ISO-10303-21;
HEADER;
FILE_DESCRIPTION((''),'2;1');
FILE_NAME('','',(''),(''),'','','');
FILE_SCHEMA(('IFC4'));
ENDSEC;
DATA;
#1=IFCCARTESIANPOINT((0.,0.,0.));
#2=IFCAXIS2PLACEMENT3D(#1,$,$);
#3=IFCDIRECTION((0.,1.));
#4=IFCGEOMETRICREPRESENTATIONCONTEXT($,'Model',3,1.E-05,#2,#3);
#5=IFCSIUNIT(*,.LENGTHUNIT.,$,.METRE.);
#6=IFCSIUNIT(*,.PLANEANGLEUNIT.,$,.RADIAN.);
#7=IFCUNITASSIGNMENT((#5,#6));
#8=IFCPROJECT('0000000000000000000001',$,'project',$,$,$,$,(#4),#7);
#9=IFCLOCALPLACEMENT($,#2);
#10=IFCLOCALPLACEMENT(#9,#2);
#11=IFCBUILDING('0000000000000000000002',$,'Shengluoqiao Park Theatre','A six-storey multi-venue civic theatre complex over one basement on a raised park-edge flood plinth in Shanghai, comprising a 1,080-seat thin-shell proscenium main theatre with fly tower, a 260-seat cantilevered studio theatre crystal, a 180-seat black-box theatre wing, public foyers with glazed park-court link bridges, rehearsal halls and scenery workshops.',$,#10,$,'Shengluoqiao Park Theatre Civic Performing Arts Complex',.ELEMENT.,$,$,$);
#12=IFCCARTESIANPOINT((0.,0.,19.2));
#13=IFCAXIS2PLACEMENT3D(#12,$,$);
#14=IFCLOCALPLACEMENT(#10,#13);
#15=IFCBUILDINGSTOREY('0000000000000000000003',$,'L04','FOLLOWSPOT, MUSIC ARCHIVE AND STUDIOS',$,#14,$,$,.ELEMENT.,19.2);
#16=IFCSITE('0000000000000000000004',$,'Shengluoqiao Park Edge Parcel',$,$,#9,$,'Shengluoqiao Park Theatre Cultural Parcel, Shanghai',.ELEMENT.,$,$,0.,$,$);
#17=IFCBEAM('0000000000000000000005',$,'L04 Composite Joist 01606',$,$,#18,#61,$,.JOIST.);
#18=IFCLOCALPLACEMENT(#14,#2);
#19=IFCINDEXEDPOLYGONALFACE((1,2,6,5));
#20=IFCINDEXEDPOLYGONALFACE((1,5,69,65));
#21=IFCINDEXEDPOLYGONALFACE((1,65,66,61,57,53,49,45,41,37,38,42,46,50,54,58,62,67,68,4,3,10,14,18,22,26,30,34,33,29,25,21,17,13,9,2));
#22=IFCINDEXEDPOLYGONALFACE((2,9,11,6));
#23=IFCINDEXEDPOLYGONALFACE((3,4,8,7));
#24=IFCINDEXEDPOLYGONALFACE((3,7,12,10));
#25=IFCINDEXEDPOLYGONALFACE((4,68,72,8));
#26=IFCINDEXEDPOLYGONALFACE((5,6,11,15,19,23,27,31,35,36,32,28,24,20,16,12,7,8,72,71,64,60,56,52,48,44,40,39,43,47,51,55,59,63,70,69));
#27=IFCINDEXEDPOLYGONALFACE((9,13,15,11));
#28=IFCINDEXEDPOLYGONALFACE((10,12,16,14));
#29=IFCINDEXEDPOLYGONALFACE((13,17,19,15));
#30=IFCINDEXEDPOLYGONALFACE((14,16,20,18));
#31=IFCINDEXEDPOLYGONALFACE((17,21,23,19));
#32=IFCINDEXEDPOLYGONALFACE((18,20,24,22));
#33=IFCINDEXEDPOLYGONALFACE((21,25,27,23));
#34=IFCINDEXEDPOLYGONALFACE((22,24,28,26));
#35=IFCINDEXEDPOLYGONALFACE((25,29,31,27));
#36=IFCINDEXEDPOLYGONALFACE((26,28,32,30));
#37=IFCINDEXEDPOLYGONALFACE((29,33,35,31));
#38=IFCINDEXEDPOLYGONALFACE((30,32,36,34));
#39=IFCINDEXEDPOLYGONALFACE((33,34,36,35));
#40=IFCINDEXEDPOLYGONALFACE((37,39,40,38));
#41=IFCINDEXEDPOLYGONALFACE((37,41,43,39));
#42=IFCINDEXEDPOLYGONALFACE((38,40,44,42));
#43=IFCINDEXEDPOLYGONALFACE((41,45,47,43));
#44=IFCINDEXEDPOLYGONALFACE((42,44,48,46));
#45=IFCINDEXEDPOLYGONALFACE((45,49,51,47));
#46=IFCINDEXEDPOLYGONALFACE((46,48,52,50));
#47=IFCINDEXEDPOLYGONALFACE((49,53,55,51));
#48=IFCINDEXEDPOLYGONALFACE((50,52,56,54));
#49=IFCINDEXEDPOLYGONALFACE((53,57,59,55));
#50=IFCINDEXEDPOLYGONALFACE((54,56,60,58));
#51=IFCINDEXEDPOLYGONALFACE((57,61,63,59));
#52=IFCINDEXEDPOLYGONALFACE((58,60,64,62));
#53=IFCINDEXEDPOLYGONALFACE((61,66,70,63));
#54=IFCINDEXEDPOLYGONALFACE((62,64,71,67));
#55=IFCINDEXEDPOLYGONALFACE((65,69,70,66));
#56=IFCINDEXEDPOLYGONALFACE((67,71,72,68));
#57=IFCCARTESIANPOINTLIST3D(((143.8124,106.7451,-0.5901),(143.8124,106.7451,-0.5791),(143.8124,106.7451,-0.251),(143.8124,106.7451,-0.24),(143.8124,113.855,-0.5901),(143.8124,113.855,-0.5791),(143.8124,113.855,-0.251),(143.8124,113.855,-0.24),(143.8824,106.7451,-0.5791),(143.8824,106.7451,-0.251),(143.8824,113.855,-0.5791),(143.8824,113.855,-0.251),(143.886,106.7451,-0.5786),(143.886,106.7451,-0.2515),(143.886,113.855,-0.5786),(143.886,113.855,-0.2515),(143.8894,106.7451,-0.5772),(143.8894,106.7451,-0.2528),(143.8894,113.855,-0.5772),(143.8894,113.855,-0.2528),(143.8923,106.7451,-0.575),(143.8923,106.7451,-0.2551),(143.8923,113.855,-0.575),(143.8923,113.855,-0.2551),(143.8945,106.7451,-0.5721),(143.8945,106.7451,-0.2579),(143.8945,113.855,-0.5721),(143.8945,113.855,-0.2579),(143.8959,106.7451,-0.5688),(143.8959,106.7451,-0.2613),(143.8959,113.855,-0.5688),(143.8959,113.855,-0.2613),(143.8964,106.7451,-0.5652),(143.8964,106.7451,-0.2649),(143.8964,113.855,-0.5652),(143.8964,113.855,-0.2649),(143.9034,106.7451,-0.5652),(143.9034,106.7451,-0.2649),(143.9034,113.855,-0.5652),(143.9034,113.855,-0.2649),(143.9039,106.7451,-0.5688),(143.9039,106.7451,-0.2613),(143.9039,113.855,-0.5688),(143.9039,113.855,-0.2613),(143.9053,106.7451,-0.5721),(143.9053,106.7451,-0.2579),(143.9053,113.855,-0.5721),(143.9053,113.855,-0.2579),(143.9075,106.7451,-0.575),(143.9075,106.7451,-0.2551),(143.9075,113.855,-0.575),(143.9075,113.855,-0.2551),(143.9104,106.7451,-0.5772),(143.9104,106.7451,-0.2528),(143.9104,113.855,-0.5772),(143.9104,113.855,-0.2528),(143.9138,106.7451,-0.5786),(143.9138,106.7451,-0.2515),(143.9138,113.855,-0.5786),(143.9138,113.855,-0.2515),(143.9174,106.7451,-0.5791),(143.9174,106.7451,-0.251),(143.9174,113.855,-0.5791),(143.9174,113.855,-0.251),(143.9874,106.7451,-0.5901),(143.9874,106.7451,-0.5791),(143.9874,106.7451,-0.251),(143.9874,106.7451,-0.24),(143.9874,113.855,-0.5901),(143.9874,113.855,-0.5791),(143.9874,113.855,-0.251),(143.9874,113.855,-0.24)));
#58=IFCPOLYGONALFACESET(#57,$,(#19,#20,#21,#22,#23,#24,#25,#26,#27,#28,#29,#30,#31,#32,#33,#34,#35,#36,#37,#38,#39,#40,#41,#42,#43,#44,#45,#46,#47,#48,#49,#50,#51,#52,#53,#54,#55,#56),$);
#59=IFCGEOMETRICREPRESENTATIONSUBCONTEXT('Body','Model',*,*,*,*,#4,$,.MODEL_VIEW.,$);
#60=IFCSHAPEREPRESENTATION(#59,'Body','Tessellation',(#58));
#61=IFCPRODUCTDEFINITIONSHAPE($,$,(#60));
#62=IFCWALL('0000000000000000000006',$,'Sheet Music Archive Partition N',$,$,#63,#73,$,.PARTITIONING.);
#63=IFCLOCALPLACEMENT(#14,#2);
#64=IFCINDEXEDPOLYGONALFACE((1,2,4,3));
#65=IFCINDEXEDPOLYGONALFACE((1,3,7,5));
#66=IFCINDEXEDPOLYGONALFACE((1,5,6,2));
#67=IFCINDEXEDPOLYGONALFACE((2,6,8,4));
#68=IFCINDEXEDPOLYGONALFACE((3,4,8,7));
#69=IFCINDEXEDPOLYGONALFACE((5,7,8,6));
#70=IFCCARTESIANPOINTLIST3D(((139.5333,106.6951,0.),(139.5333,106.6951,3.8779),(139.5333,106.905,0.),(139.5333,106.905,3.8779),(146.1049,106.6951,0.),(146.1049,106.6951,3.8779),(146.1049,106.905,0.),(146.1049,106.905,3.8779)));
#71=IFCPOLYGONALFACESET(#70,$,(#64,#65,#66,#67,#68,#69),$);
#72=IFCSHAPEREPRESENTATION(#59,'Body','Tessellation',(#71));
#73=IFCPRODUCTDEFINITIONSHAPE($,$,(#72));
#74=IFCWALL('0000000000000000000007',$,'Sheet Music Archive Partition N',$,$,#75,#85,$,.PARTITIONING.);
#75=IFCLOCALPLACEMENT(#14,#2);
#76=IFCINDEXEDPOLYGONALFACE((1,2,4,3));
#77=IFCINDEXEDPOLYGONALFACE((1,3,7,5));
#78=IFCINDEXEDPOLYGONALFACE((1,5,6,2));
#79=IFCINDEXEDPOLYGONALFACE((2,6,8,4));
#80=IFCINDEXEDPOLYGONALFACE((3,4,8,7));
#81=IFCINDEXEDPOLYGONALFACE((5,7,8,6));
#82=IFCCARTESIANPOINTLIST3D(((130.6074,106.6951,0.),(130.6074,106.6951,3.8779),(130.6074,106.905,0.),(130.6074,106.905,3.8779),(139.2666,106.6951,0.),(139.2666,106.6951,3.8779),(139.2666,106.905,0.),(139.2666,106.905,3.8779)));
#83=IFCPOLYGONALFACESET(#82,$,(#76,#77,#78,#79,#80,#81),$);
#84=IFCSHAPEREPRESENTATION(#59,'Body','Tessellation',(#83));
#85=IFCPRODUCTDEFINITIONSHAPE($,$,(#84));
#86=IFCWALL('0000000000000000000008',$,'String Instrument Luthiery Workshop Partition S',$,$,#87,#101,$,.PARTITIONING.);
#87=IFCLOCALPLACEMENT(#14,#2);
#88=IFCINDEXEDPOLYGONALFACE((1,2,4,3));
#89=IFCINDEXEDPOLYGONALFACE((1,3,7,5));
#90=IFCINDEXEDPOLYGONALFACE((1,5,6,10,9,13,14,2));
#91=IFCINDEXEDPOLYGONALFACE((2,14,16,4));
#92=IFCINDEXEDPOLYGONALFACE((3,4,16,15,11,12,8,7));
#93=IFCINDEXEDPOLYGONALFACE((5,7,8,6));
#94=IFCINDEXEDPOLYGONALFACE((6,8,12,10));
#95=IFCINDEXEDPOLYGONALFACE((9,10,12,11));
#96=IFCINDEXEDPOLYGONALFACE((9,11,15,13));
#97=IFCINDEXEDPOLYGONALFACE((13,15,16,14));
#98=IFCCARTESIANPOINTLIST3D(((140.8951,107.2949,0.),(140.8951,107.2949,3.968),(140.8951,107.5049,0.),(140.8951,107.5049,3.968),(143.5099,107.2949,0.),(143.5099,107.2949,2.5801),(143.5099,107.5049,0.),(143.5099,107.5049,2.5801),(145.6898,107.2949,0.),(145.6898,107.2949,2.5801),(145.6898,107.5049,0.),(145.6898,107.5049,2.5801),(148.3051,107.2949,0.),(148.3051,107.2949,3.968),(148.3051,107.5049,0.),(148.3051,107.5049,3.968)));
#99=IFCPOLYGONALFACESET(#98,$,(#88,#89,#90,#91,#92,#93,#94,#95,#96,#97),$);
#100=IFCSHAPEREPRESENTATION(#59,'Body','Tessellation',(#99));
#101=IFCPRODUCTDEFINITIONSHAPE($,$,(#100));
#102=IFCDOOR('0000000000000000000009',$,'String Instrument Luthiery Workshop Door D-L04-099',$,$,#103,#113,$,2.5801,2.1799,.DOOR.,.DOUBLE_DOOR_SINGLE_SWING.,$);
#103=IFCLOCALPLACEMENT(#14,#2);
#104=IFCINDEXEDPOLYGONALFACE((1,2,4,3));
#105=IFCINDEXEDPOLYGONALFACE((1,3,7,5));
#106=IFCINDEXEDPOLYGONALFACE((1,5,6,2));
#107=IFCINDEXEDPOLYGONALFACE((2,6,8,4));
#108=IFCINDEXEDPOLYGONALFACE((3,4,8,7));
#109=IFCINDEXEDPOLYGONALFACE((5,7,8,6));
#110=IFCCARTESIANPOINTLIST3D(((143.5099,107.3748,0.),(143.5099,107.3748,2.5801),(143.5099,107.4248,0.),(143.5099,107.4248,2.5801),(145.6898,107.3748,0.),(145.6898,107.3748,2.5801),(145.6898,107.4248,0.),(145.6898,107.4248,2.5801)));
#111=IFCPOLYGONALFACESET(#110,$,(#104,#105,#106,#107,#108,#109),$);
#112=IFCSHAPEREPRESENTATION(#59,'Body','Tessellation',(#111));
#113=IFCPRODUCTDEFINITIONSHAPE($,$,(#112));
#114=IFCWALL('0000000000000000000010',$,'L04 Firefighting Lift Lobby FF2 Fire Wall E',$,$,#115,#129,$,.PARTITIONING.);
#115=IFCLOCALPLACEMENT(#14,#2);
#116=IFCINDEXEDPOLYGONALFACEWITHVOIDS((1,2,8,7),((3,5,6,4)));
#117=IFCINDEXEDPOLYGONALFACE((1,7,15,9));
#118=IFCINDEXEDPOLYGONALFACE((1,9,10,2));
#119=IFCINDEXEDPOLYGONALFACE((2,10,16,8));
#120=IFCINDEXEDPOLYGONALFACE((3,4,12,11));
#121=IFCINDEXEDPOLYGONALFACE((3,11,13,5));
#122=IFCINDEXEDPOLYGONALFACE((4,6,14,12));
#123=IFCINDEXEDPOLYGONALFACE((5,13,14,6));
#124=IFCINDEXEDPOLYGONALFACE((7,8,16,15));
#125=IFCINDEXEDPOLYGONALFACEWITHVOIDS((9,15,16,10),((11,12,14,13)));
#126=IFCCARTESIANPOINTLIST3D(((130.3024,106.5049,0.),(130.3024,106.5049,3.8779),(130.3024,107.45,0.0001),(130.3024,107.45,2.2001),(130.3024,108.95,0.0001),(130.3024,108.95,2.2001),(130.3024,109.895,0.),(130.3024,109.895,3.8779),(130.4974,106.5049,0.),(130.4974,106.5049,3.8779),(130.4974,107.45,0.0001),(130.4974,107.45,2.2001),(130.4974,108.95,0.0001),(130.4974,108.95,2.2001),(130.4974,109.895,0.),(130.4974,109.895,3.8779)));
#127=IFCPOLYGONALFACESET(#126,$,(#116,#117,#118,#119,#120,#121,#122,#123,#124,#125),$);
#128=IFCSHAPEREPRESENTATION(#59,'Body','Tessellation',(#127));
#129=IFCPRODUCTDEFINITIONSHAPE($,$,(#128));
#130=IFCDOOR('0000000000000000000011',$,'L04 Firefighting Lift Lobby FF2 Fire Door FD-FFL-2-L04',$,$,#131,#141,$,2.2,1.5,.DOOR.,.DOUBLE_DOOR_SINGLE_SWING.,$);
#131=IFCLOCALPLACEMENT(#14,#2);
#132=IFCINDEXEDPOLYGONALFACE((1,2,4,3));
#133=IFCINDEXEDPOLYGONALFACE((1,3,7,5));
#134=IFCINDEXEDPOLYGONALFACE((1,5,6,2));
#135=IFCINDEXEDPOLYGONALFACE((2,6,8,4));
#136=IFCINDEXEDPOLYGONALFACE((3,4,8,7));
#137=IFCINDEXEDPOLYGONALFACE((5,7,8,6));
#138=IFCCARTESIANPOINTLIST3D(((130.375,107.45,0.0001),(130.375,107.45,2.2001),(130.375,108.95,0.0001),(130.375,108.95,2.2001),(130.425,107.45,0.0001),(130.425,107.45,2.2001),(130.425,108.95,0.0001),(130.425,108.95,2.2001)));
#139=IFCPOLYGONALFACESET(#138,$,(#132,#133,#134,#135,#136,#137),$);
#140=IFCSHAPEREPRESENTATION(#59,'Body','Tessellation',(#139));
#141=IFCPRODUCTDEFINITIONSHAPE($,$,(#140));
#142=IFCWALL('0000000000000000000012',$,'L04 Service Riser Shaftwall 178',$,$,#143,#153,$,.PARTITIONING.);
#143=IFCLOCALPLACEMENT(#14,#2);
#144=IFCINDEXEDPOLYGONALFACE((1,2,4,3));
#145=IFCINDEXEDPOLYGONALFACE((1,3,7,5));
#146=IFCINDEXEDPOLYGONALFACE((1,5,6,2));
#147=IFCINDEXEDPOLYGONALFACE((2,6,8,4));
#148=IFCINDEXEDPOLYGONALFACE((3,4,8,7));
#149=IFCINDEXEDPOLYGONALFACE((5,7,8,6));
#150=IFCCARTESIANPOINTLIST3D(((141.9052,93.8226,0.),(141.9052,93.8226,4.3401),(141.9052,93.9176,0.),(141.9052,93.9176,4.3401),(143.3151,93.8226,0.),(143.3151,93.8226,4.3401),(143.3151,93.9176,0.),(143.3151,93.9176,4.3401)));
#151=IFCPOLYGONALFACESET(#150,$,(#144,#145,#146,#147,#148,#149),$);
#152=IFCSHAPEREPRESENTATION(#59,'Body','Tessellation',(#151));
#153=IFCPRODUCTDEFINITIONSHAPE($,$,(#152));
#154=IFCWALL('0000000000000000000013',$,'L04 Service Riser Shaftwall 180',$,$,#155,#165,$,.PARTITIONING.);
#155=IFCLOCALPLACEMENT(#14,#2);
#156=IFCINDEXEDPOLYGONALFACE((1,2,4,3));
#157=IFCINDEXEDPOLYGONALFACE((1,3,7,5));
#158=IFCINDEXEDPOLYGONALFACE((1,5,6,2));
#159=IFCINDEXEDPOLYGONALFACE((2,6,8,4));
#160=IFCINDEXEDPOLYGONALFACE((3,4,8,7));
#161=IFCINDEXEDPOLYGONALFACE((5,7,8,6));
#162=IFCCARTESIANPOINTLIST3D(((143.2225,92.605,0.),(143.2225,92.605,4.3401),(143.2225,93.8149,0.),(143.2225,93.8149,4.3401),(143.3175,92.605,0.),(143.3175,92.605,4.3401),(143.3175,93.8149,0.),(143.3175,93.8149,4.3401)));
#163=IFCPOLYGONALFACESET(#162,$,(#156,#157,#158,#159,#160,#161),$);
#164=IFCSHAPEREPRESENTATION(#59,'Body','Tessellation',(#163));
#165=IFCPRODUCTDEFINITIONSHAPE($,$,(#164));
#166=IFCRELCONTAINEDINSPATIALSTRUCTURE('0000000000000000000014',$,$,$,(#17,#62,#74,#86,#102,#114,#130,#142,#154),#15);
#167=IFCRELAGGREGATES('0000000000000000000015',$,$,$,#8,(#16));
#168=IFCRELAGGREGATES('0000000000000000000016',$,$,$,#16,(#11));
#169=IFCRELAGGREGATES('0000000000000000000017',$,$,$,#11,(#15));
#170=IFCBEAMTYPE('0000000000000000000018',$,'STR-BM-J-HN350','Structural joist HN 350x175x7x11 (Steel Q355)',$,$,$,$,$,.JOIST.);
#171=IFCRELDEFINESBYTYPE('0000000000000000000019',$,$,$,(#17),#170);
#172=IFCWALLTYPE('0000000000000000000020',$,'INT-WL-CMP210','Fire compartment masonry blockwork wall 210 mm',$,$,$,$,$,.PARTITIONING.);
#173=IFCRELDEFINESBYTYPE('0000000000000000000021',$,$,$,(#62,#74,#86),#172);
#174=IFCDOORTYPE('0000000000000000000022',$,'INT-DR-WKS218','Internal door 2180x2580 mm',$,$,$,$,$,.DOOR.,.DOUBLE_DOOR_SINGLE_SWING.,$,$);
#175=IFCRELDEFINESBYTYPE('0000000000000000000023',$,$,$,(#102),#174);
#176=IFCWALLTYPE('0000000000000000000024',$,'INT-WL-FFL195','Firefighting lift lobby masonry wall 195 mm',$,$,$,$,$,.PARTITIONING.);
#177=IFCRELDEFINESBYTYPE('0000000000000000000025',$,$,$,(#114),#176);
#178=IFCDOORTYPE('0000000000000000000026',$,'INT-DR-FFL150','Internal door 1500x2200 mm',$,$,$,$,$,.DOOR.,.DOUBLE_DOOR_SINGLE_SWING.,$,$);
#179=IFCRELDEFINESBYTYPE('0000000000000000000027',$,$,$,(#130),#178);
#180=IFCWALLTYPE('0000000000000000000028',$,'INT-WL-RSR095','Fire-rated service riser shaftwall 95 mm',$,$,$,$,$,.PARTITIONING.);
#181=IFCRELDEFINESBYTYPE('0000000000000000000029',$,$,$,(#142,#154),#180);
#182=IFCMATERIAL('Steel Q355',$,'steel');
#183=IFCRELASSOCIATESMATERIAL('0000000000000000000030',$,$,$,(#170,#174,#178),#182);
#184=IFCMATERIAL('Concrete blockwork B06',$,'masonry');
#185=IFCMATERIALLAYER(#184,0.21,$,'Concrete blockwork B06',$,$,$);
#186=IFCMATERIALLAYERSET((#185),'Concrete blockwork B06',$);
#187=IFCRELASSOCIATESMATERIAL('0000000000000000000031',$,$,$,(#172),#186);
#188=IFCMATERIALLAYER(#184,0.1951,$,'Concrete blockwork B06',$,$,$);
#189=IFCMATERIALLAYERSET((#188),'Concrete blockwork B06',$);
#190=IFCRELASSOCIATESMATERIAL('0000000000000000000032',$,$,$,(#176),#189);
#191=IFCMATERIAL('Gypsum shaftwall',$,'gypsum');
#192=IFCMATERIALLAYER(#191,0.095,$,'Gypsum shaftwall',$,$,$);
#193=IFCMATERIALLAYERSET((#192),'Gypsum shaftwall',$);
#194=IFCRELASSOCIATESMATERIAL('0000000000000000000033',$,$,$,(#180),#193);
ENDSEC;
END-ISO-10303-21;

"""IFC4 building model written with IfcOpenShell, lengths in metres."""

from ifc_helpers import new_model, si_unit, direction, frame, frame_2d, origin, origin_2d, place, context, subcontext, project, spatial, rectangle, i_section, extrude, material, layer, layer_set, material_profile, profile_set, type_object, element, fill, save


model = new_model("IFC4")

# Units and contexts
model_context = context("Model", 3, precision=1e-05, world=origin(), true_north=direction((0.0, 1.0)))
body_context = subcontext(model_context, "Body", "Model", "MODEL_VIEW")
ifc_project = project(units=[si_unit("LENGTHUNIT", "METRE"), si_unit("PLANEANGLEUNIT", "RADIAN")], contexts=[model_context])

# Site, building, storey
site_placement = place(None, origin())
site = spatial("IfcSite", under=ifc_project, at=site_placement, Name="Shengluoqiao Park Edge Parcel", LongName="Shengluoqiao Park Theatre Cultural Parcel, Shanghai", CompositionType="ELEMENT", RefElevation=0.0)
building_placement = place(site_placement, origin())
building = spatial("IfcBuilding", under=site, at=building_placement, Name="Shengluoqiao Park Theatre", Description="A six-storey multi-venue civic theatre complex over one basement on a raised park-edge flood plinth in Shanghai, comprising a 1,080-seat thin-shell proscenium main theatre with fly tower, a 260-seat cantilevered studio theatre crystal, a 180-seat black-box theatre wing, public foyers with glazed park-court link bridges, rehearsal halls and scenery workshops.", LongName="Shengluoqiao Park Theatre Civic Performing Arts Complex", CompositionType="ELEMENT")
storey_placement = place(building_placement, frame((0.0, 0.0, 19.2)))
storey = spatial("IfcBuildingStorey", under=building, at=storey_placement, Name="L04", Description="FOLLOWSPOT, MUSIC ARCHIVE AND STUDIOS", CompositionType="ELEMENT", Elevation=19.2)

# Shared definitions
ifc_material_1 = material(Name="Steel Q355", Category="steel")

# Beam
ifc_material_profile_1 = material_profile(ifc_material_1, i_section(OverallWidth=0.175, OverallDepth=0.3501, WebThickness=0.0071, FlangeThickness=0.011, FilletRadius=0.0139, at=origin_2d()), Name="HN 350x175x7x11")
ifc_profile_set_1 = profile_set([ifc_material_profile_1], Name="Steel Q355")
beam_type_1 = type_object("IfcBeamType", Name="STR-BM-J-HN350", Description="Structural joist HN 350x175x7x11 (Steel Q355)", PredefinedType="JOIST", material=ifc_profile_set_1)
for number, where, z_axis, x_axis, name in (
    (1, (143.8999, 106.7451, -0.415), (0.0, 1.0, 0.0), (-1.0, 0.0, 0.0), "L04 Composite Joist 01606"),
):
    element("IfcBeam", number, at=place(storey_placement, frame(where, z_axis=z_axis, x_axis=x_axis)), inside=storey, type_object=beam_type_1, Name=name, PredefinedType="JOIST", context=body_context, shape_type="SweptSolid", body=[
        extrude(i_section(OverallWidth=0.175, OverallDepth=0.3501, WebThickness=0.0071, FlangeThickness=0.011, FilletRadius=0.0139, at=origin_2d()), origin(), (0.0, 0.0, 1.0), 7.1099),
    ])

# Walls
ifc_material_2 = material(Name="Concrete blockwork B06", Category="masonry")
ifc_layer_1 = layer(ifc_material_2, 0.21, Name="Concrete blockwork B06")
ifc_layer_set_1 = layer_set([ifc_layer_1], Name="Concrete blockwork B06")
wall_type_1 = type_object("IfcWallType", Name="INT-WL-CMP210", Description="Fire compartment masonry blockwork wall 210 mm", PredefinedType="PARTITIONING", material=ifc_layer_set_1)
wall_1_placement = place(storey_placement, frame((139.5334, 106.8, 0.0), z_axis=(0.0, 0.0, 1.0), x_axis=(1.0, 0.0, 0.0)))
element("IfcWall", 2, at=wall_1_placement, inside=storey, type_object=wall_type_1, Name="Sheet Music Archive Partition N", PredefinedType="PARTITIONING", context=body_context, shape_type="SweptSolid", body=[
    extrude(rectangle(XDim=6.5715, YDim=0.21, at=frame_2d((3.2856, 0.0))), origin(), (0.0, 0.0, 1.0), 3.8779),
])
wall_2_placement = place(storey_placement, frame((130.6074, 106.8, 0.0), z_axis=(0.0, 0.0, 1.0), x_axis=(1.0, 0.0, 0.0)))
element("IfcWall", 3, at=wall_2_placement, inside=storey, type_object=wall_type_1, Name="Sheet Music Archive Partition N", PredefinedType="PARTITIONING", context=body_context, shape_type="SweptSolid", body=[
    extrude(rectangle(XDim=8.6592, YDim=0.21, at=frame_2d((4.3296, 0.0))), origin(), (0.0, 0.0, 1.0), 3.8779),
])

# Walls, openings, doors
wall_3_placement = place(storey_placement, frame((140.895, 107.3999, 0.0), z_axis=(0.0, 0.0, 1.0), x_axis=(1.0, 0.0, 0.0)))
wall_3 = element("IfcWall", 4, at=wall_3_placement, inside=storey, type_object=wall_type_1, Name="String Instrument Luthiery Workshop Partition S", PredefinedType="PARTITIONING", context=body_context, shape_type="SweptSolid", body=[
    extrude(rectangle(XDim=7.4099, YDim=0.21, at=frame_2d((3.7051, 0.0))), origin(), (0.0, 0.0, 1.0), 3.968),
])
opening_1_placement = place(wall_3_placement, frame((2.615, 0.0, 0.0)))
opening_1 = element("IfcOpeningElement", 5, at=opening_1_placement, cuts=wall_3, PredefinedType="OPENING", context=body_context, shape_type="SweptSolid", body=[
    extrude(rectangle(XDim=2.1799, YDim=2.5801, at=frame_2d((1.0898, 1.29))), frame((0.0, 0.115, 0.0), z_axis=(0.0, -1.0, 0.0), x_axis=(1.0, 0.0, 0.0)), (0.0, 0.0, 1.0), 0.23),
])
door_type_1 = type_object("IfcDoorType", Name="INT-DR-WKS218", Description="Internal door 2180x2580 mm", OperationType="DOUBLE_DOOR_SINGLE_SWING", PredefinedType="DOOR", material=ifc_material_1)
door_1_placement = place(opening_1_placement, origin())
door_1 = element("IfcDoor", 6, at=door_1_placement, inside=storey, type_object=door_type_1, Name="String Instrument Luthiery Workshop Door D-L04-099", OperationType="DOUBLE_DOOR_SINGLE_SWING", OverallHeight=2.5801, OverallWidth=2.1799, PredefinedType="DOOR", context=body_context, shape_type="SweptSolid", body=[
    extrude(rectangle(XDim=2.1799, YDim=2.5801, at=frame_2d((1.0898, 1.29))), frame((0.0, 0.0249, 0.0), z_axis=(0.0, -1.0, 0.0), x_axis=(1.0, 0.0, 0.0)), (0.0, 0.0, 1.0), 0.05),
])
fill(opening_1, door_1)
ifc_layer_2 = layer(ifc_material_2, 0.1951, Name="Concrete blockwork B06")
ifc_layer_set_2 = layer_set([ifc_layer_2], Name="Concrete blockwork B06")
wall_type_2 = type_object("IfcWallType", Name="INT-WL-FFL195", Description="Firefighting lift lobby masonry wall 195 mm", PredefinedType="PARTITIONING", material=ifc_layer_set_2)
wall_4_placement = place(storey_placement, frame((130.3999, 106.5049, 0.0), z_axis=(0.0, 0.0, 1.0), x_axis=(0.0, 1.0, 0.0)))
wall_4 = element("IfcWall", 7, at=wall_4_placement, inside=storey, type_object=wall_type_2, Name="L04 Firefighting Lift Lobby FF2 Fire Wall E", PredefinedType="PARTITIONING", context=body_context, shape_type="SweptSolid", body=[
    extrude(rectangle(XDim=3.3901, YDim=0.1951, at=frame_2d((1.6951, 0.0))), origin(), (0.0, 0.0, 1.0), 3.8779),
])
opening_2_placement = place(wall_4_placement, frame((0.9451, 0.0, 0.0)))
opening_2 = element("IfcOpeningElement", 8, at=opening_2_placement, cuts=wall_4, PredefinedType="OPENING", context=body_context, shape_type="SweptSolid", body=[
    extrude(rectangle(XDim=1.5, YDim=2.2, at=frame_2d((0.75, 1.1001))), frame((0.0, 0.1074, 0.0), z_axis=(0.0, -1.0, 0.0), x_axis=(1.0, 0.0, 0.0)), (0.0, 0.0, 1.0), 0.2151),
])
door_type_2 = type_object("IfcDoorType", Name="INT-DR-FFL150", Description="Internal door 1500x2200 mm", OperationType="DOUBLE_DOOR_SINGLE_SWING", PredefinedType="DOOR", material=ifc_material_1)
door_2_placement = place(opening_2_placement, origin())
door_2 = element("IfcDoor", 9, at=door_2_placement, inside=storey, type_object=door_type_2, Name="L04 Firefighting Lift Lobby FF2 Fire Door FD-FFL-2-L04", OperationType="DOUBLE_DOOR_SINGLE_SWING", OverallHeight=2.2, OverallWidth=1.5, PredefinedType="DOOR", context=body_context, shape_type="SweptSolid", body=[
    extrude(rectangle(XDim=1.5, YDim=2.2, at=frame_2d((0.75, 1.1001))), frame((0.0, 0.0249, 0.0), z_axis=(0.0, -1.0, 0.0), x_axis=(1.0, 0.0, 0.0)), (0.0, 0.0, 1.0), 0.05),
])
fill(opening_2, door_2)

# Walls
ifc_material_3 = material(Name="Gypsum shaftwall", Category="gypsum")
ifc_layer_3 = layer(ifc_material_3, 0.095, Name="Gypsum shaftwall")
ifc_layer_set_3 = layer_set([ifc_layer_3], Name="Gypsum shaftwall")
wall_type_3 = type_object("IfcWallType", Name="INT-WL-RSR095", Description="Fire-rated service riser shaftwall 95 mm", PredefinedType="PARTITIONING", material=ifc_layer_set_3)
wall_5_placement = place(storey_placement, frame((141.905, 93.8701, 0.0), z_axis=(0.0, 0.0, 1.0), x_axis=(1.0, 0.0, 0.0)))
element("IfcWall", 10, at=wall_5_placement, inside=storey, type_object=wall_type_3, Name="L04 Service Riser Shaftwall 178", PredefinedType="PARTITIONING", context=body_context, shape_type="SweptSolid", body=[
    extrude(rectangle(XDim=1.4099, YDim=0.095, at=frame_2d((0.7051, 0.0))), origin(), (0.0, 0.0, 1.0), 4.3401),
])
wall_6_placement = place(storey_placement, frame((143.27, 92.605, 0.0), z_axis=(0.0, 0.0, 1.0), x_axis=(0.0, 1.0, 0.0)))
element("IfcWall", 11, at=wall_6_placement, inside=storey, type_object=wall_type_3, Name="L04 Service Riser Shaftwall 180", PredefinedType="PARTITIONING", context=body_context, shape_type="SweptSolid", body=[
    extrude(rectangle(XDim=1.21, YDim=0.095, at=frame_2d((0.605, 0.0))), origin(), (0.0, 0.0, 1.0), 4.3401),
])

save(model, "model.ifc")
